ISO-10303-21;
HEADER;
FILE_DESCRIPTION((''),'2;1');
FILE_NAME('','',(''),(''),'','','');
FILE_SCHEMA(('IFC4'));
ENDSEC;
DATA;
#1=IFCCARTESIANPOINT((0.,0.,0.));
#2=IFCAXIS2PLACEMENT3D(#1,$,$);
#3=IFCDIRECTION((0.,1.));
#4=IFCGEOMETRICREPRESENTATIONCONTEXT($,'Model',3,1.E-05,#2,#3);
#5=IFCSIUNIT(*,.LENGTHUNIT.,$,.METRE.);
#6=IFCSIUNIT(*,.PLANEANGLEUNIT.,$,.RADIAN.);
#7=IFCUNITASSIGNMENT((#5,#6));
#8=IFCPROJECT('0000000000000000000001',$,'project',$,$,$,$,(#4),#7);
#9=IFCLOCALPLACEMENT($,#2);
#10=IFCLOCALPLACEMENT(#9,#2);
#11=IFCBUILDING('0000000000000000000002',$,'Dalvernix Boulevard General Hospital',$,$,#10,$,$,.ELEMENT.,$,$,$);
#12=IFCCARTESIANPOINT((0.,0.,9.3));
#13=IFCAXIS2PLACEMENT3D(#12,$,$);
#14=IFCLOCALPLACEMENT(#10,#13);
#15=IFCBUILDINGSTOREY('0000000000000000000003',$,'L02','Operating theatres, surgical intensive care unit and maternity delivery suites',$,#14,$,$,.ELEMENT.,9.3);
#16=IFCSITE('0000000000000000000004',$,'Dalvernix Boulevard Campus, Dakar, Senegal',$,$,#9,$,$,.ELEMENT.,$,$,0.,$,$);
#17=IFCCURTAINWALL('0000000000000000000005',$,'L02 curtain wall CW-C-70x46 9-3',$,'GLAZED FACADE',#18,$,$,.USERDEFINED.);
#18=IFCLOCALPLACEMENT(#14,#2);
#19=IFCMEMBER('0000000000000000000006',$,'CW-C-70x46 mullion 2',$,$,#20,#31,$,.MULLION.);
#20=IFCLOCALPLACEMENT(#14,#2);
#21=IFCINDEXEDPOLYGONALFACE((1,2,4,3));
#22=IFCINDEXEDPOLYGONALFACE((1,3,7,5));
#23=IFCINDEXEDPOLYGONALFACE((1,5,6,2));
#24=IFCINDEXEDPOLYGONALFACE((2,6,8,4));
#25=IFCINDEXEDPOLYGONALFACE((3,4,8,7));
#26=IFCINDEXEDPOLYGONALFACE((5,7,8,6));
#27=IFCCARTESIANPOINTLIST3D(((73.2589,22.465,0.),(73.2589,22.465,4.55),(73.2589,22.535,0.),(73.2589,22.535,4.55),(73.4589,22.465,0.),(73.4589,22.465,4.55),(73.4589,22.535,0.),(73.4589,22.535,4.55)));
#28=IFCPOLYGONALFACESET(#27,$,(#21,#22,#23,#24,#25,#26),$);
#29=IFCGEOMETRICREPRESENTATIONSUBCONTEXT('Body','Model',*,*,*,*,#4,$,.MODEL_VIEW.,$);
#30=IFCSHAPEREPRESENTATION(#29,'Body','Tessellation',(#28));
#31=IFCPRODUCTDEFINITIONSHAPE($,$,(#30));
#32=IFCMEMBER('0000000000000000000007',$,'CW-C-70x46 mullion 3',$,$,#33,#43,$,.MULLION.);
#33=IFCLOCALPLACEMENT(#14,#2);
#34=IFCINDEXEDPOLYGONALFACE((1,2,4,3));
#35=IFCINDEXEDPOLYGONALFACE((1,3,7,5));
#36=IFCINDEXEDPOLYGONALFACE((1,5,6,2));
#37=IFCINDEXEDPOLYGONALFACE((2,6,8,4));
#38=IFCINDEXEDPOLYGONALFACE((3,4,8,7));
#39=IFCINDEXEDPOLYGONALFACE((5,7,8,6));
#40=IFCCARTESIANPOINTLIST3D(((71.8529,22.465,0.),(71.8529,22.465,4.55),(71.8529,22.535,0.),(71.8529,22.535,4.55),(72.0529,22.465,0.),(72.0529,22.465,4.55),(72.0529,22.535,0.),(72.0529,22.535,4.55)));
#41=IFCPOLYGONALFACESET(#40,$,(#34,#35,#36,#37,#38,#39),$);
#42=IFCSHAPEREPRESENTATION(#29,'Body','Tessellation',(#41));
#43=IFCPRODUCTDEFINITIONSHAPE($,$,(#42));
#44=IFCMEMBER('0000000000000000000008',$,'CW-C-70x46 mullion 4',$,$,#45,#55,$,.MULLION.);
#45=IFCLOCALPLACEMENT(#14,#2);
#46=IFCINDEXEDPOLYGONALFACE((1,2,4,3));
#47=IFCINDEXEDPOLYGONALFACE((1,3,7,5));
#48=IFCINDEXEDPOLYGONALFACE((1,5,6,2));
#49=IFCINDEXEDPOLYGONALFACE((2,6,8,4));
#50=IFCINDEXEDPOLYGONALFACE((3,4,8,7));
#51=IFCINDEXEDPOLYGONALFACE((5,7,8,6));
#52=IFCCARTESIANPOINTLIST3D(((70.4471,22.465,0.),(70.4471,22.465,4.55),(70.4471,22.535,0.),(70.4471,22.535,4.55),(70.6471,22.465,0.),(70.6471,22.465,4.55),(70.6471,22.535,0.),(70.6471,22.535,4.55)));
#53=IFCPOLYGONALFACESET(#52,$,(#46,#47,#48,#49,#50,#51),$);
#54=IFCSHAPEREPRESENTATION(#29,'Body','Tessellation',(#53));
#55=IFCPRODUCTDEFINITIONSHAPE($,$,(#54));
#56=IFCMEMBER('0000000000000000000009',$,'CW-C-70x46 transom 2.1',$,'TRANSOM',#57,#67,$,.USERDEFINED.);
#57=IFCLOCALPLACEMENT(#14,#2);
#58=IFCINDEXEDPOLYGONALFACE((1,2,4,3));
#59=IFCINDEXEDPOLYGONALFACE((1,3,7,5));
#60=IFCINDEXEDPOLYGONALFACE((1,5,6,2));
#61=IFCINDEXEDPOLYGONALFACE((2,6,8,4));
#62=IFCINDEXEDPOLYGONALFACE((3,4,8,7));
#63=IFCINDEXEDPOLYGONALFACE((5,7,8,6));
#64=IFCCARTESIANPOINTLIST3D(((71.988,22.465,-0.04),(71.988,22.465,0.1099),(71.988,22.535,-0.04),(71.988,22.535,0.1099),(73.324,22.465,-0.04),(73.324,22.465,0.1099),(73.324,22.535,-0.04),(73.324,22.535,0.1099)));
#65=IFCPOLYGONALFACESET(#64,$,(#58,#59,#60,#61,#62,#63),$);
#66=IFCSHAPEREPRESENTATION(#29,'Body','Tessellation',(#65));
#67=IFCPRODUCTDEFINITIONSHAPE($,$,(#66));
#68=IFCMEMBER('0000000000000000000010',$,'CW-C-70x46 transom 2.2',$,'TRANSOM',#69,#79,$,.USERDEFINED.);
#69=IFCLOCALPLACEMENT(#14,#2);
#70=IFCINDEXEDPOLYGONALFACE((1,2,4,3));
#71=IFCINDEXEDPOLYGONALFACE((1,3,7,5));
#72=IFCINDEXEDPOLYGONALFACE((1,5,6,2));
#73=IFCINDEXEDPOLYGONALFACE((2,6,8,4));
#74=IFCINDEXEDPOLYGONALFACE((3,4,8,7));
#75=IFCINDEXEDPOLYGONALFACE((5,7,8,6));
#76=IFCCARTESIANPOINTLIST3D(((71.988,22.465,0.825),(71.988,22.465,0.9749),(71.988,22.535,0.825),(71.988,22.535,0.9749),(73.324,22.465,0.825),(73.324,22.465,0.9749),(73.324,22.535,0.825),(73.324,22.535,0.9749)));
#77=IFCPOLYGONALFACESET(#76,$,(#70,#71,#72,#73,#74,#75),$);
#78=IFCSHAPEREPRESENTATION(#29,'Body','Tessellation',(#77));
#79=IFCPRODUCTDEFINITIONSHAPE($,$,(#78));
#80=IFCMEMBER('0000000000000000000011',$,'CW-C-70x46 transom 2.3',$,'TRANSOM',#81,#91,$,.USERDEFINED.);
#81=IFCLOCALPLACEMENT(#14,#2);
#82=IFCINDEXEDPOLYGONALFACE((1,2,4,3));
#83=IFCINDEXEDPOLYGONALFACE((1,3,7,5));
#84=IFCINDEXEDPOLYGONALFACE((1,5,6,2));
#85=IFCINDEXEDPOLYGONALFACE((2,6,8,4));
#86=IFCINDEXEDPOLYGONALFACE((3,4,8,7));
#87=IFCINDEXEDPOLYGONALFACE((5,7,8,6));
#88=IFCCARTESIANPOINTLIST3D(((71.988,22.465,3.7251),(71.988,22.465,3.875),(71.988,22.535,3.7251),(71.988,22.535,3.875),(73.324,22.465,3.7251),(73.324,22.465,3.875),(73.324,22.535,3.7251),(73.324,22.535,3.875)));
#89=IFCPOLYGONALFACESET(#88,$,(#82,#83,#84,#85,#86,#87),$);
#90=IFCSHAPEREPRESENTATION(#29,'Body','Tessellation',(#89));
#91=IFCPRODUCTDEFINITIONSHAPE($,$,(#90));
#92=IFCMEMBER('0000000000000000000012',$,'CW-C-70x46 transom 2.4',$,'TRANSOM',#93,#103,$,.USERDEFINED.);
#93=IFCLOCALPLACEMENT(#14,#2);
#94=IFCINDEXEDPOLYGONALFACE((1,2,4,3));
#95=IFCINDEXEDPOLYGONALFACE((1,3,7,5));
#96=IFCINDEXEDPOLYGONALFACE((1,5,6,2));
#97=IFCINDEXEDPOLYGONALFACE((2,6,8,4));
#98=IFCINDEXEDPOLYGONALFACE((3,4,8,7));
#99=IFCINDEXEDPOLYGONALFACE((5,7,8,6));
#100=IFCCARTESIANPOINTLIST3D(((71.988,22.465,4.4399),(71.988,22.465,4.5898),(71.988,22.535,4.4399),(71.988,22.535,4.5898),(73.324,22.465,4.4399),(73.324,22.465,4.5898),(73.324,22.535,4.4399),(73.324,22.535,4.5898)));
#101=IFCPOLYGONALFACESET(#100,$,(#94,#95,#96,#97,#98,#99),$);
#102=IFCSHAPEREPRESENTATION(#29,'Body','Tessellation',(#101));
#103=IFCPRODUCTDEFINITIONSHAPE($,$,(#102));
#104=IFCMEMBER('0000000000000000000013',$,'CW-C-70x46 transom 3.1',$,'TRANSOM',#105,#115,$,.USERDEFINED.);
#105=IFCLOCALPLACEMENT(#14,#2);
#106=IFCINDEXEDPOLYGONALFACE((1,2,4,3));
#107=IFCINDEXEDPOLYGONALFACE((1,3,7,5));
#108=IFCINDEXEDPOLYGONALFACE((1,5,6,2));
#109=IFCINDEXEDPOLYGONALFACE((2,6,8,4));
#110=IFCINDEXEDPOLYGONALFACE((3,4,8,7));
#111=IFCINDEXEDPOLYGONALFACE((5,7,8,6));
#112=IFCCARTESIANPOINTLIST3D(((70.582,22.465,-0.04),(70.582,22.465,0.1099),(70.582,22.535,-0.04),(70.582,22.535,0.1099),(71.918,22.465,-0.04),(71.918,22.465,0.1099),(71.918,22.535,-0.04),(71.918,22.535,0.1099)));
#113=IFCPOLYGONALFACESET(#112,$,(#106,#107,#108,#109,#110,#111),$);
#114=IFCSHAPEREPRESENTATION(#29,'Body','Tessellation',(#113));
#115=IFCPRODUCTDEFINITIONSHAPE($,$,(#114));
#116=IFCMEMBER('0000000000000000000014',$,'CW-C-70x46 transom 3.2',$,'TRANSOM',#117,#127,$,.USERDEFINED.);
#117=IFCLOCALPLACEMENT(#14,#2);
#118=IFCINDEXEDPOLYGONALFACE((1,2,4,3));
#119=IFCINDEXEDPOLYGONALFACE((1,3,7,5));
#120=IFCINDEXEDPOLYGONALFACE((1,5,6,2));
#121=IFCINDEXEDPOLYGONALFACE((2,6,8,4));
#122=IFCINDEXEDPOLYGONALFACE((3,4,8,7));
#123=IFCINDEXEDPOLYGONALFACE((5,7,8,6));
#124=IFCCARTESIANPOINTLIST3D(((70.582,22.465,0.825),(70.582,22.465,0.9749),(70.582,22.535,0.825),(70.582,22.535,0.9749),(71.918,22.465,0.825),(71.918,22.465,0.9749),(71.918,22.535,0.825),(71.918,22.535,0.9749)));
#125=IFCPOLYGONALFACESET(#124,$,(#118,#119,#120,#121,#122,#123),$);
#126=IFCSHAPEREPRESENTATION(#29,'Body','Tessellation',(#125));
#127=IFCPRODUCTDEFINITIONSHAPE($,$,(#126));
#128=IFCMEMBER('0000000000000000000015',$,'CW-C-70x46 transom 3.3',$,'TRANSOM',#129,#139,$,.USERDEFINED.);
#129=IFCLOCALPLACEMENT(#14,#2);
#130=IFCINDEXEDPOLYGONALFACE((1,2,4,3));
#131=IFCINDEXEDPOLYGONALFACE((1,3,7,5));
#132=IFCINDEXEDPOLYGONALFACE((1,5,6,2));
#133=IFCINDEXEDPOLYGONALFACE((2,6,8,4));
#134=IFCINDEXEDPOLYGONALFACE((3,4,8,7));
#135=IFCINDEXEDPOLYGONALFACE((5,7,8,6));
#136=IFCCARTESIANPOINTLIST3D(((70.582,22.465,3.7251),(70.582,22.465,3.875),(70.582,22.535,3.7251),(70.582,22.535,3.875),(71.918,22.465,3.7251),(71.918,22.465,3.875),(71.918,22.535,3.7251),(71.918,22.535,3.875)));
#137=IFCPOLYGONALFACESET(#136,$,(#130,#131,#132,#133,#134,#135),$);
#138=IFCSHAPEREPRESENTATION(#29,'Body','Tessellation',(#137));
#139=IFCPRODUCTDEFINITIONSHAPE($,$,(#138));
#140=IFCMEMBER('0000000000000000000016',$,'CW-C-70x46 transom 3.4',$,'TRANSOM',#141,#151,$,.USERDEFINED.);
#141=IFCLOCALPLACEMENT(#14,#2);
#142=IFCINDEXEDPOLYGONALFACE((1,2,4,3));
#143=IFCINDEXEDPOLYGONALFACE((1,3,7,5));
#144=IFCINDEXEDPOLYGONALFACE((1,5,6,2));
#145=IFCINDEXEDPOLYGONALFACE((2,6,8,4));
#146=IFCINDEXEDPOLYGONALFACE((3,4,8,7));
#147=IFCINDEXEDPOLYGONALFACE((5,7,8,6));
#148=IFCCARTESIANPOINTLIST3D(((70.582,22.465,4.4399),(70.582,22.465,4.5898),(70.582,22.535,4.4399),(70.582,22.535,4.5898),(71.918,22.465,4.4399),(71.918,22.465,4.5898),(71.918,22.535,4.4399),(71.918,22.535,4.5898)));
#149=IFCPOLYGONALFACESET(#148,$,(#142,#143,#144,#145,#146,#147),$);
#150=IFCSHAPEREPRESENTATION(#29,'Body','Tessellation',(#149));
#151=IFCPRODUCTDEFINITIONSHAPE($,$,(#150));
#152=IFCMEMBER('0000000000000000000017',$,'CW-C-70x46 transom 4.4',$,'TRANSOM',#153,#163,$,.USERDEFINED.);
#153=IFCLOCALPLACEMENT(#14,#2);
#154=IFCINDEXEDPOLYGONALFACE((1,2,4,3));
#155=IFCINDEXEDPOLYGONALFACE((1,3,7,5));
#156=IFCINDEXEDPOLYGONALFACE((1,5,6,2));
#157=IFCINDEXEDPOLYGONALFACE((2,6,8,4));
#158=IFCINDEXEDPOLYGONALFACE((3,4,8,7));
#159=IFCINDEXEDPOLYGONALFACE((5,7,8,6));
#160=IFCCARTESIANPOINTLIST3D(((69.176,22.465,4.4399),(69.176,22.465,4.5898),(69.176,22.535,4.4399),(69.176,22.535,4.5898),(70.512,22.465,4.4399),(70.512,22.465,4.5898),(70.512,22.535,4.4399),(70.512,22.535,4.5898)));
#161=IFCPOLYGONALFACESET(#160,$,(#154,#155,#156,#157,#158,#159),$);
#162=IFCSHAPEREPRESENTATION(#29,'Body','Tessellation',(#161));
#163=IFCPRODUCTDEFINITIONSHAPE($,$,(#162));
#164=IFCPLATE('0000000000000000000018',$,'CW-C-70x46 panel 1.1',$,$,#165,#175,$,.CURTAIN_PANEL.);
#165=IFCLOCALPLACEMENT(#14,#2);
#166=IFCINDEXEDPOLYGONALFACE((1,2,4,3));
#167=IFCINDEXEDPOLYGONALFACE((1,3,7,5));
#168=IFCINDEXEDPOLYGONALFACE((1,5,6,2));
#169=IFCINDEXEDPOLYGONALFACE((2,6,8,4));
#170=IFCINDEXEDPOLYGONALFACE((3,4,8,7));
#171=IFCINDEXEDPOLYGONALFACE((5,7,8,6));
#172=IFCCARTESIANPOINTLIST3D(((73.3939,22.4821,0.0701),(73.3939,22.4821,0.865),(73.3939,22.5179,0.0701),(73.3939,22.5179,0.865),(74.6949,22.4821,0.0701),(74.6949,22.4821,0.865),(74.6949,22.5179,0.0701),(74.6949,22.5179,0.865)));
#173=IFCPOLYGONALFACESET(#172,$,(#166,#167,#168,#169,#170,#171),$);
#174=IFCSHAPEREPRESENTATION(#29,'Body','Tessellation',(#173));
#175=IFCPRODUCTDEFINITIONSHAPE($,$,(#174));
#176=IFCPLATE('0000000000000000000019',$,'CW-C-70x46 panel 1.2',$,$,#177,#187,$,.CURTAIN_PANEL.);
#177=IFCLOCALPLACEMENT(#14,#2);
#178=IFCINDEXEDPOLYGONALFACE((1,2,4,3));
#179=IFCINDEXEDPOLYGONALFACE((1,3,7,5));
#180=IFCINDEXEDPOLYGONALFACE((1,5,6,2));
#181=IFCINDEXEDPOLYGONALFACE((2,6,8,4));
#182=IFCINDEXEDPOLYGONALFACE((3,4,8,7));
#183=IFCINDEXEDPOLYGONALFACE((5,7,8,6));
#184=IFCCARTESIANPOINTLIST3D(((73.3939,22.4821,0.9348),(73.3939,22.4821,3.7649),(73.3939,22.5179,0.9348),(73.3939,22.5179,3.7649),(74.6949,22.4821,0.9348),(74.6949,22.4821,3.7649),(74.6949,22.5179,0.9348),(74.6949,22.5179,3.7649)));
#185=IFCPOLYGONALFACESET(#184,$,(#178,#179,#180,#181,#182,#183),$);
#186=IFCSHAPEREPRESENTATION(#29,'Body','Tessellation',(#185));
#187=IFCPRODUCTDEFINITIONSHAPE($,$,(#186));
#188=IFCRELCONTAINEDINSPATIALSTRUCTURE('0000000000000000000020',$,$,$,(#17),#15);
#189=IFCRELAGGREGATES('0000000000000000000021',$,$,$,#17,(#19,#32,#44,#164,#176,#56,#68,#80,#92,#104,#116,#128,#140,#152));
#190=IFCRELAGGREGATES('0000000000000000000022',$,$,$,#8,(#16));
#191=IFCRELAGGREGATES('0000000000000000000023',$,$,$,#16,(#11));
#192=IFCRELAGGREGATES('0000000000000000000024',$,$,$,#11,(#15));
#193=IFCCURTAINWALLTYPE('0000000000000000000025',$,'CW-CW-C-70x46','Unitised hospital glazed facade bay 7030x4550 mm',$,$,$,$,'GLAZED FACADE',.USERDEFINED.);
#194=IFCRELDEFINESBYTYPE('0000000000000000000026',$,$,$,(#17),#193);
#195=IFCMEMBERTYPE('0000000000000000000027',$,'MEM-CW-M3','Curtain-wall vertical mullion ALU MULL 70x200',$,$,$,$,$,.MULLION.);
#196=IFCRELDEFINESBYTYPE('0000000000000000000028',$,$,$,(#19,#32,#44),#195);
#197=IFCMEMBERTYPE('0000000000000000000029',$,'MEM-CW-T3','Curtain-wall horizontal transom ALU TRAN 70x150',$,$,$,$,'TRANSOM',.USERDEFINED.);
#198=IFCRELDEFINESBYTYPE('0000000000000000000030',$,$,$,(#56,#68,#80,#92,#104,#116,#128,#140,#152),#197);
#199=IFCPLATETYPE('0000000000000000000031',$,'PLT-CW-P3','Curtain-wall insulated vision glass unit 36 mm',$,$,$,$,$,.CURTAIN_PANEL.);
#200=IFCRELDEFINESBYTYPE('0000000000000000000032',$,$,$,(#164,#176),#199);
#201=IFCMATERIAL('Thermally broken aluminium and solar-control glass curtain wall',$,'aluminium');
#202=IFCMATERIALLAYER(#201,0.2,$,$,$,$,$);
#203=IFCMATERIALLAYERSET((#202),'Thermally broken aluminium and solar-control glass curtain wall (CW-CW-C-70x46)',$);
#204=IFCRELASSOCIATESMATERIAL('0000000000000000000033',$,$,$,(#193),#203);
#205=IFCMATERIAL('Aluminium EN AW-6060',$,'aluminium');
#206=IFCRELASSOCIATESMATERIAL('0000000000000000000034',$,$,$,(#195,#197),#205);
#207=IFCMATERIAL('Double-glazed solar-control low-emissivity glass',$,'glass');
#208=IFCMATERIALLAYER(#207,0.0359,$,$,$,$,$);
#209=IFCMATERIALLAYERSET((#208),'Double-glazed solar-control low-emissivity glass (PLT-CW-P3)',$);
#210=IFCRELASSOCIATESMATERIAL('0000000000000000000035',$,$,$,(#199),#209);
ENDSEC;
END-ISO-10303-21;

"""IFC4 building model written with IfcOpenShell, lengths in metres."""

from ifc_helpers import new_model, si_unit, direction, frame, origin, origin_2d, place, context, subcontext, project, spatial, rectangle, extrude, material, layer, layer_set, material_profile, profile_set, type_object, element, aggregate, save


model = new_model("IFC4")

# Units and contexts
model_context = context("Model", 3, precision=1e-05, world=origin(), true_north=direction((0.0, 1.0)))
body_context = subcontext(model_context, "Body", "Model", "MODEL_VIEW")
ifc_project = project(units=[si_unit("LENGTHUNIT", "METRE"), si_unit("PLANEANGLEUNIT", "RADIAN")], contexts=[model_context])

# Site, building, storey
site_placement = place(None, origin())
site = spatial("IfcSite", under=ifc_project, at=site_placement, Name="Dalvernix Boulevard Campus, Dakar, Senegal", CompositionType="ELEMENT", RefElevation=0.0)
building_placement = place(site_placement, origin())
building = spatial("IfcBuilding", under=site, at=building_placement, Name="Dalvernix Boulevard General Hospital", CompositionType="ELEMENT")
storey_placement = place(building_placement, frame((0.0, 0.0, 9.3)))
storey = spatial("IfcBuildingStorey", under=building, at=storey_placement, Name="L02", Description="Operating theatres, surgical intensive care unit and maternity delivery suites", CompositionType="ELEMENT", Elevation=9.3)

# Curtain wall, members, plates
ifc_material_1 = material(Name="Thermally broken aluminium and solar-control glass curtain wall", Category="aluminium")
ifc_layer_1 = layer(ifc_material_1, 0.2)
ifc_layer_set_1 = layer_set([ifc_layer_1], Name="Thermally broken aluminium and solar-control glass curtain wall (CW-CW-C-70x46)")
curtain_wall_type = type_object("IfcCurtainWallType", Name="CW-CW-C-70x46", Description="Unitised hospital glazed facade bay 7030x4550 mm", ElementType="GLAZED FACADE", PredefinedType="USERDEFINED", material=ifc_layer_set_1)
curtain_wall_placement = place(storey_placement, origin())
curtain_wall = element("IfcCurtainWall", 1, at=curtain_wall_placement, inside=storey, type_object=curtain_wall_type, Name="L02 curtain wall CW-C-70x46 9-3", ObjectType="GLAZED FACADE", PredefinedType="USERDEFINED")
ifc_material_2 = material(Name="Aluminium EN AW-6060", Category="aluminium")
ifc_material_profile_1 = material_profile(ifc_material_2, rectangle(XDim=0.0701, YDim=0.2, at=origin_2d()), Name="ALU MULL 70x200")
ifc_profile_set_1 = profile_set([ifc_material_profile_1], Name="Aluminium EN AW-6060")
member_type_1 = type_object("IfcMemberType", Name="MEM-CW-M3", Description="Curtain-wall vertical mullion ALU MULL 70x200", PredefinedType="MULLION", material=ifc_profile_set_1)
member_1_placement = place(storey_placement, frame((73.3589, 22.5, 0.0), z_axis=(0.0, 0.0, 1.0), x_axis=(0.0, -1.0, 0.0)))
member_1 = element("IfcMember", 2, at=member_1_placement, type_object=member_type_1, Name="CW-C-70x46 mullion 2", PredefinedType="MULLION", context=body_context, shape_type="SweptSolid", body=[
    extrude(rectangle(XDim=0.0701, YDim=0.2, at=origin_2d()), origin(), (0.0, 0.0, 1.0), 4.55),
])
member_2_placement = place(storey_placement, frame((71.9529, 22.5, 0.0), z_axis=(0.0, 0.0, 1.0), x_axis=(0.0, -1.0, 0.0)))
member_2 = element("IfcMember", 3, at=member_2_placement, type_object=member_type_1, Name="CW-C-70x46 mullion 3", PredefinedType="MULLION", context=body_context, shape_type="SweptSolid", body=[
    extrude(rectangle(XDim=0.0701, YDim=0.2, at=origin_2d()), origin(), (0.0, 0.0, 1.0), 4.55),
])
member_3_placement = place(storey_placement, frame((70.5471, 22.5, 0.0), z_axis=(0.0, 0.0, 1.0), x_axis=(0.0, -1.0, 0.0)))
member_3 = element("IfcMember", 4, at=member_3_placement, type_object=member_type_1, Name="CW-C-70x46 mullion 4", PredefinedType="MULLION", context=body_context, shape_type="SweptSolid", body=[
    extrude(rectangle(XDim=0.0701, YDim=0.2, at=origin_2d()), origin(), (0.0, 0.0, 1.0), 4.55),
])
ifc_material_profile_2 = material_profile(ifc_material_2, rectangle(XDim=0.0701, YDim=0.1499, at=origin_2d()), Name="ALU TRAN 70x150")
ifc_profile_set_2 = profile_set([ifc_material_profile_2], Name="Aluminium EN AW-6060")
member_type_2 = type_object("IfcMemberType", Name="MEM-CW-T3", Description="Curtain-wall horizontal transom ALU TRAN 70x150", ElementType="TRANSOM", PredefinedType="USERDEFINED", material=ifc_profile_set_2)
member_4_placement = place(storey_placement, frame((73.324, 22.5, 0.0349), z_axis=(-1.0, 0.0, 0.0), x_axis=(0.0, -1.0, 0.0)))
member_4 = element("IfcMember", 5, at=member_4_placement, type_object=member_type_2, Name="CW-C-70x46 transom 2.1", ObjectType="TRANSOM", PredefinedType="USERDEFINED", context=body_context, shape_type="SweptSolid", body=[
    extrude(rectangle(XDim=0.0701, YDim=0.1499, at=origin_2d()), origin(), (0.0, 0.0, 1.0), 1.3359),
])
member_5_placement = place(storey_placement, frame((73.324, 22.5, 0.8999), z_axis=(-1.0, 0.0, 0.0), x_axis=(0.0, -1.0, 0.0)))
member_5 = element("IfcMember", 6, at=member_5_placement, type_object=member_type_2, Name="CW-C-70x46 transom 2.2", ObjectType="TRANSOM", PredefinedType="USERDEFINED", context=body_context, shape_type="SweptSolid", body=[
    extrude(rectangle(XDim=0.0701, YDim=0.1499, at=origin_2d()), origin(), (0.0, 0.0, 1.0), 1.3359),
])
member_6_placement = place(storey_placement, frame((73.324, 22.5, 3.8), z_axis=(-1.0, 0.0, 0.0), x_axis=(0.0, -1.0, 0.0)))
member_6 = element("IfcMember", 7, at=member_6_placement, type_object=member_type_2, Name="CW-C-70x46 transom 2.3", ObjectType="TRANSOM", PredefinedType="USERDEFINED", context=body_context, shape_type="SweptSolid", body=[
    extrude(rectangle(XDim=0.0701, YDim=0.1499, at=origin_2d()), origin(), (0.0, 0.0, 1.0), 1.3359),
])
member_7_placement = place(storey_placement, frame((73.324, 22.5, 4.5149), z_axis=(-1.0, 0.0, 0.0), x_axis=(0.0, -1.0, 0.0)))
member_7 = element("IfcMember", 8, at=member_7_placement, type_object=member_type_2, Name="CW-C-70x46 transom 2.4", ObjectType="TRANSOM", PredefinedType="USERDEFINED", context=body_context, shape_type="SweptSolid", body=[
    extrude(rectangle(XDim=0.0701, YDim=0.1499, at=origin_2d()), origin(), (0.0, 0.0, 1.0), 1.3359),
])
member_8_placement = place(storey_placement, frame((71.918, 22.5, 0.0349), z_axis=(-1.0, 0.0, 0.0), x_axis=(0.0, -1.0, 0.0)))
member_8 = element("IfcMember", 9, at=member_8_placement, type_object=member_type_2, Name="CW-C-70x46 transom 3.1", ObjectType="TRANSOM", PredefinedType="USERDEFINED", context=body_context, shape_type="SweptSolid", body=[
    extrude(rectangle(XDim=0.0701, YDim=0.1499, at=origin_2d()), origin(), (0.0, 0.0, 1.0), 1.3359),
])
member_9_placement = place(storey_placement, frame((71.918, 22.5, 0.8999), z_axis=(-1.0, 0.0, 0.0), x_axis=(0.0, -1.0, 0.0)))
member_9 = element("IfcMember", 10, at=member_9_placement, type_object=member_type_2, Name="CW-C-70x46 transom 3.2", ObjectType="TRANSOM", PredefinedType="USERDEFINED", context=body_context, shape_type="SweptSolid", body=[
    extrude(rectangle(XDim=0.0701, YDim=0.1499, at=origin_2d()), origin(), (0.0, 0.0, 1.0), 1.3359),
])
member_10_placement = place(storey_placement, frame((71.918, 22.5, 3.8), z_axis=(-1.0, 0.0, 0.0), x_axis=(0.0, -1.0, 0.0)))
member_10 = element("IfcMember", 11, at=member_10_placement, type_object=member_type_2, Name="CW-C-70x46 transom 3.3", ObjectType="TRANSOM", PredefinedType="USERDEFINED", context=body_context, shape_type="SweptSolid", body=[
    extrude(rectangle(XDim=0.0701, YDim=0.1499, at=origin_2d()), origin(), (0.0, 0.0, 1.0), 1.3359),
])
member_11_placement = place(storey_placement, frame((71.918, 22.5, 4.5149), z_axis=(-1.0, 0.0, 0.0), x_axis=(0.0, -1.0, 0.0)))
member_11 = element("IfcMember", 12, at=member_11_placement, type_object=member_type_2, Name="CW-C-70x46 transom 3.4", ObjectType="TRANSOM", PredefinedType="USERDEFINED", context=body_context, shape_type="SweptSolid", body=[
    extrude(rectangle(XDim=0.0701, YDim=0.1499, at=origin_2d()), origin(), (0.0, 0.0, 1.0), 1.3359),
])
member_12_placement = place(storey_placement, frame((70.512, 22.5, 4.5149), z_axis=(-1.0, 0.0, 0.0), x_axis=(0.0, -1.0, 0.0)))
member_12 = element("IfcMember", 13, at=member_12_placement, type_object=member_type_2, Name="CW-C-70x46 transom 4.4", ObjectType="TRANSOM", PredefinedType="USERDEFINED", context=body_context, shape_type="SweptSolid", body=[
    extrude(rectangle(XDim=0.0701, YDim=0.1499, at=origin_2d()), origin(), (0.0, 0.0, 1.0), 1.3359),
])
ifc_material_3 = material(Name="Double-glazed solar-control low-emissivity glass", Category="glass")
ifc_layer_2 = layer(ifc_material_3, 0.0359)
ifc_layer_set_2 = layer_set([ifc_layer_2], Name="Double-glazed solar-control low-emissivity glass (PLT-CW-P3)")
plate_type = type_object("IfcPlateType", Name="PLT-CW-P3", Description="Curtain-wall insulated vision glass unit 36 mm", PredefinedType="CURTAIN_PANEL", material=ifc_layer_set_2)
plate_1_placement = place(storey_placement, frame((74.0444, 22.5, 0.0701), z_axis=(0.0, 0.0, 1.0), x_axis=(-1.0, 0.0, 0.0)))
plate_1 = element("IfcPlate", 14, at=plate_1_placement, type_object=plate_type, Name="CW-C-70x46 panel 1.1", PredefinedType="CURTAIN_PANEL", context=body_context, shape_type="SweptSolid", body=[
    extrude(rectangle(XDim=1.301, YDim=0.0359, at=origin_2d()), origin(), (0.0, 0.0, 1.0), 0.7949),
])
plate_2_placement = place(storey_placement, frame((74.0444, 22.5, 0.9348), z_axis=(0.0, 0.0, 1.0), x_axis=(-1.0, 0.0, 0.0)))
plate_2 = element("IfcPlate", 15, at=plate_2_placement, type_object=plate_type, Name="CW-C-70x46 panel 1.2", PredefinedType="CURTAIN_PANEL", context=body_context, shape_type="SweptSolid", body=[
    extrude(rectangle(XDim=1.301, YDim=0.0359, at=origin_2d()), origin(), (0.0, 0.0, 1.0), 2.8301),
])
aggregate(curtain_wall, [member_1, member_2, member_3, plate_1, plate_2, member_4, member_5, member_6, member_7, member_8, member_9, member_10, member_11, member_12])

save(model, "model.ifc")
